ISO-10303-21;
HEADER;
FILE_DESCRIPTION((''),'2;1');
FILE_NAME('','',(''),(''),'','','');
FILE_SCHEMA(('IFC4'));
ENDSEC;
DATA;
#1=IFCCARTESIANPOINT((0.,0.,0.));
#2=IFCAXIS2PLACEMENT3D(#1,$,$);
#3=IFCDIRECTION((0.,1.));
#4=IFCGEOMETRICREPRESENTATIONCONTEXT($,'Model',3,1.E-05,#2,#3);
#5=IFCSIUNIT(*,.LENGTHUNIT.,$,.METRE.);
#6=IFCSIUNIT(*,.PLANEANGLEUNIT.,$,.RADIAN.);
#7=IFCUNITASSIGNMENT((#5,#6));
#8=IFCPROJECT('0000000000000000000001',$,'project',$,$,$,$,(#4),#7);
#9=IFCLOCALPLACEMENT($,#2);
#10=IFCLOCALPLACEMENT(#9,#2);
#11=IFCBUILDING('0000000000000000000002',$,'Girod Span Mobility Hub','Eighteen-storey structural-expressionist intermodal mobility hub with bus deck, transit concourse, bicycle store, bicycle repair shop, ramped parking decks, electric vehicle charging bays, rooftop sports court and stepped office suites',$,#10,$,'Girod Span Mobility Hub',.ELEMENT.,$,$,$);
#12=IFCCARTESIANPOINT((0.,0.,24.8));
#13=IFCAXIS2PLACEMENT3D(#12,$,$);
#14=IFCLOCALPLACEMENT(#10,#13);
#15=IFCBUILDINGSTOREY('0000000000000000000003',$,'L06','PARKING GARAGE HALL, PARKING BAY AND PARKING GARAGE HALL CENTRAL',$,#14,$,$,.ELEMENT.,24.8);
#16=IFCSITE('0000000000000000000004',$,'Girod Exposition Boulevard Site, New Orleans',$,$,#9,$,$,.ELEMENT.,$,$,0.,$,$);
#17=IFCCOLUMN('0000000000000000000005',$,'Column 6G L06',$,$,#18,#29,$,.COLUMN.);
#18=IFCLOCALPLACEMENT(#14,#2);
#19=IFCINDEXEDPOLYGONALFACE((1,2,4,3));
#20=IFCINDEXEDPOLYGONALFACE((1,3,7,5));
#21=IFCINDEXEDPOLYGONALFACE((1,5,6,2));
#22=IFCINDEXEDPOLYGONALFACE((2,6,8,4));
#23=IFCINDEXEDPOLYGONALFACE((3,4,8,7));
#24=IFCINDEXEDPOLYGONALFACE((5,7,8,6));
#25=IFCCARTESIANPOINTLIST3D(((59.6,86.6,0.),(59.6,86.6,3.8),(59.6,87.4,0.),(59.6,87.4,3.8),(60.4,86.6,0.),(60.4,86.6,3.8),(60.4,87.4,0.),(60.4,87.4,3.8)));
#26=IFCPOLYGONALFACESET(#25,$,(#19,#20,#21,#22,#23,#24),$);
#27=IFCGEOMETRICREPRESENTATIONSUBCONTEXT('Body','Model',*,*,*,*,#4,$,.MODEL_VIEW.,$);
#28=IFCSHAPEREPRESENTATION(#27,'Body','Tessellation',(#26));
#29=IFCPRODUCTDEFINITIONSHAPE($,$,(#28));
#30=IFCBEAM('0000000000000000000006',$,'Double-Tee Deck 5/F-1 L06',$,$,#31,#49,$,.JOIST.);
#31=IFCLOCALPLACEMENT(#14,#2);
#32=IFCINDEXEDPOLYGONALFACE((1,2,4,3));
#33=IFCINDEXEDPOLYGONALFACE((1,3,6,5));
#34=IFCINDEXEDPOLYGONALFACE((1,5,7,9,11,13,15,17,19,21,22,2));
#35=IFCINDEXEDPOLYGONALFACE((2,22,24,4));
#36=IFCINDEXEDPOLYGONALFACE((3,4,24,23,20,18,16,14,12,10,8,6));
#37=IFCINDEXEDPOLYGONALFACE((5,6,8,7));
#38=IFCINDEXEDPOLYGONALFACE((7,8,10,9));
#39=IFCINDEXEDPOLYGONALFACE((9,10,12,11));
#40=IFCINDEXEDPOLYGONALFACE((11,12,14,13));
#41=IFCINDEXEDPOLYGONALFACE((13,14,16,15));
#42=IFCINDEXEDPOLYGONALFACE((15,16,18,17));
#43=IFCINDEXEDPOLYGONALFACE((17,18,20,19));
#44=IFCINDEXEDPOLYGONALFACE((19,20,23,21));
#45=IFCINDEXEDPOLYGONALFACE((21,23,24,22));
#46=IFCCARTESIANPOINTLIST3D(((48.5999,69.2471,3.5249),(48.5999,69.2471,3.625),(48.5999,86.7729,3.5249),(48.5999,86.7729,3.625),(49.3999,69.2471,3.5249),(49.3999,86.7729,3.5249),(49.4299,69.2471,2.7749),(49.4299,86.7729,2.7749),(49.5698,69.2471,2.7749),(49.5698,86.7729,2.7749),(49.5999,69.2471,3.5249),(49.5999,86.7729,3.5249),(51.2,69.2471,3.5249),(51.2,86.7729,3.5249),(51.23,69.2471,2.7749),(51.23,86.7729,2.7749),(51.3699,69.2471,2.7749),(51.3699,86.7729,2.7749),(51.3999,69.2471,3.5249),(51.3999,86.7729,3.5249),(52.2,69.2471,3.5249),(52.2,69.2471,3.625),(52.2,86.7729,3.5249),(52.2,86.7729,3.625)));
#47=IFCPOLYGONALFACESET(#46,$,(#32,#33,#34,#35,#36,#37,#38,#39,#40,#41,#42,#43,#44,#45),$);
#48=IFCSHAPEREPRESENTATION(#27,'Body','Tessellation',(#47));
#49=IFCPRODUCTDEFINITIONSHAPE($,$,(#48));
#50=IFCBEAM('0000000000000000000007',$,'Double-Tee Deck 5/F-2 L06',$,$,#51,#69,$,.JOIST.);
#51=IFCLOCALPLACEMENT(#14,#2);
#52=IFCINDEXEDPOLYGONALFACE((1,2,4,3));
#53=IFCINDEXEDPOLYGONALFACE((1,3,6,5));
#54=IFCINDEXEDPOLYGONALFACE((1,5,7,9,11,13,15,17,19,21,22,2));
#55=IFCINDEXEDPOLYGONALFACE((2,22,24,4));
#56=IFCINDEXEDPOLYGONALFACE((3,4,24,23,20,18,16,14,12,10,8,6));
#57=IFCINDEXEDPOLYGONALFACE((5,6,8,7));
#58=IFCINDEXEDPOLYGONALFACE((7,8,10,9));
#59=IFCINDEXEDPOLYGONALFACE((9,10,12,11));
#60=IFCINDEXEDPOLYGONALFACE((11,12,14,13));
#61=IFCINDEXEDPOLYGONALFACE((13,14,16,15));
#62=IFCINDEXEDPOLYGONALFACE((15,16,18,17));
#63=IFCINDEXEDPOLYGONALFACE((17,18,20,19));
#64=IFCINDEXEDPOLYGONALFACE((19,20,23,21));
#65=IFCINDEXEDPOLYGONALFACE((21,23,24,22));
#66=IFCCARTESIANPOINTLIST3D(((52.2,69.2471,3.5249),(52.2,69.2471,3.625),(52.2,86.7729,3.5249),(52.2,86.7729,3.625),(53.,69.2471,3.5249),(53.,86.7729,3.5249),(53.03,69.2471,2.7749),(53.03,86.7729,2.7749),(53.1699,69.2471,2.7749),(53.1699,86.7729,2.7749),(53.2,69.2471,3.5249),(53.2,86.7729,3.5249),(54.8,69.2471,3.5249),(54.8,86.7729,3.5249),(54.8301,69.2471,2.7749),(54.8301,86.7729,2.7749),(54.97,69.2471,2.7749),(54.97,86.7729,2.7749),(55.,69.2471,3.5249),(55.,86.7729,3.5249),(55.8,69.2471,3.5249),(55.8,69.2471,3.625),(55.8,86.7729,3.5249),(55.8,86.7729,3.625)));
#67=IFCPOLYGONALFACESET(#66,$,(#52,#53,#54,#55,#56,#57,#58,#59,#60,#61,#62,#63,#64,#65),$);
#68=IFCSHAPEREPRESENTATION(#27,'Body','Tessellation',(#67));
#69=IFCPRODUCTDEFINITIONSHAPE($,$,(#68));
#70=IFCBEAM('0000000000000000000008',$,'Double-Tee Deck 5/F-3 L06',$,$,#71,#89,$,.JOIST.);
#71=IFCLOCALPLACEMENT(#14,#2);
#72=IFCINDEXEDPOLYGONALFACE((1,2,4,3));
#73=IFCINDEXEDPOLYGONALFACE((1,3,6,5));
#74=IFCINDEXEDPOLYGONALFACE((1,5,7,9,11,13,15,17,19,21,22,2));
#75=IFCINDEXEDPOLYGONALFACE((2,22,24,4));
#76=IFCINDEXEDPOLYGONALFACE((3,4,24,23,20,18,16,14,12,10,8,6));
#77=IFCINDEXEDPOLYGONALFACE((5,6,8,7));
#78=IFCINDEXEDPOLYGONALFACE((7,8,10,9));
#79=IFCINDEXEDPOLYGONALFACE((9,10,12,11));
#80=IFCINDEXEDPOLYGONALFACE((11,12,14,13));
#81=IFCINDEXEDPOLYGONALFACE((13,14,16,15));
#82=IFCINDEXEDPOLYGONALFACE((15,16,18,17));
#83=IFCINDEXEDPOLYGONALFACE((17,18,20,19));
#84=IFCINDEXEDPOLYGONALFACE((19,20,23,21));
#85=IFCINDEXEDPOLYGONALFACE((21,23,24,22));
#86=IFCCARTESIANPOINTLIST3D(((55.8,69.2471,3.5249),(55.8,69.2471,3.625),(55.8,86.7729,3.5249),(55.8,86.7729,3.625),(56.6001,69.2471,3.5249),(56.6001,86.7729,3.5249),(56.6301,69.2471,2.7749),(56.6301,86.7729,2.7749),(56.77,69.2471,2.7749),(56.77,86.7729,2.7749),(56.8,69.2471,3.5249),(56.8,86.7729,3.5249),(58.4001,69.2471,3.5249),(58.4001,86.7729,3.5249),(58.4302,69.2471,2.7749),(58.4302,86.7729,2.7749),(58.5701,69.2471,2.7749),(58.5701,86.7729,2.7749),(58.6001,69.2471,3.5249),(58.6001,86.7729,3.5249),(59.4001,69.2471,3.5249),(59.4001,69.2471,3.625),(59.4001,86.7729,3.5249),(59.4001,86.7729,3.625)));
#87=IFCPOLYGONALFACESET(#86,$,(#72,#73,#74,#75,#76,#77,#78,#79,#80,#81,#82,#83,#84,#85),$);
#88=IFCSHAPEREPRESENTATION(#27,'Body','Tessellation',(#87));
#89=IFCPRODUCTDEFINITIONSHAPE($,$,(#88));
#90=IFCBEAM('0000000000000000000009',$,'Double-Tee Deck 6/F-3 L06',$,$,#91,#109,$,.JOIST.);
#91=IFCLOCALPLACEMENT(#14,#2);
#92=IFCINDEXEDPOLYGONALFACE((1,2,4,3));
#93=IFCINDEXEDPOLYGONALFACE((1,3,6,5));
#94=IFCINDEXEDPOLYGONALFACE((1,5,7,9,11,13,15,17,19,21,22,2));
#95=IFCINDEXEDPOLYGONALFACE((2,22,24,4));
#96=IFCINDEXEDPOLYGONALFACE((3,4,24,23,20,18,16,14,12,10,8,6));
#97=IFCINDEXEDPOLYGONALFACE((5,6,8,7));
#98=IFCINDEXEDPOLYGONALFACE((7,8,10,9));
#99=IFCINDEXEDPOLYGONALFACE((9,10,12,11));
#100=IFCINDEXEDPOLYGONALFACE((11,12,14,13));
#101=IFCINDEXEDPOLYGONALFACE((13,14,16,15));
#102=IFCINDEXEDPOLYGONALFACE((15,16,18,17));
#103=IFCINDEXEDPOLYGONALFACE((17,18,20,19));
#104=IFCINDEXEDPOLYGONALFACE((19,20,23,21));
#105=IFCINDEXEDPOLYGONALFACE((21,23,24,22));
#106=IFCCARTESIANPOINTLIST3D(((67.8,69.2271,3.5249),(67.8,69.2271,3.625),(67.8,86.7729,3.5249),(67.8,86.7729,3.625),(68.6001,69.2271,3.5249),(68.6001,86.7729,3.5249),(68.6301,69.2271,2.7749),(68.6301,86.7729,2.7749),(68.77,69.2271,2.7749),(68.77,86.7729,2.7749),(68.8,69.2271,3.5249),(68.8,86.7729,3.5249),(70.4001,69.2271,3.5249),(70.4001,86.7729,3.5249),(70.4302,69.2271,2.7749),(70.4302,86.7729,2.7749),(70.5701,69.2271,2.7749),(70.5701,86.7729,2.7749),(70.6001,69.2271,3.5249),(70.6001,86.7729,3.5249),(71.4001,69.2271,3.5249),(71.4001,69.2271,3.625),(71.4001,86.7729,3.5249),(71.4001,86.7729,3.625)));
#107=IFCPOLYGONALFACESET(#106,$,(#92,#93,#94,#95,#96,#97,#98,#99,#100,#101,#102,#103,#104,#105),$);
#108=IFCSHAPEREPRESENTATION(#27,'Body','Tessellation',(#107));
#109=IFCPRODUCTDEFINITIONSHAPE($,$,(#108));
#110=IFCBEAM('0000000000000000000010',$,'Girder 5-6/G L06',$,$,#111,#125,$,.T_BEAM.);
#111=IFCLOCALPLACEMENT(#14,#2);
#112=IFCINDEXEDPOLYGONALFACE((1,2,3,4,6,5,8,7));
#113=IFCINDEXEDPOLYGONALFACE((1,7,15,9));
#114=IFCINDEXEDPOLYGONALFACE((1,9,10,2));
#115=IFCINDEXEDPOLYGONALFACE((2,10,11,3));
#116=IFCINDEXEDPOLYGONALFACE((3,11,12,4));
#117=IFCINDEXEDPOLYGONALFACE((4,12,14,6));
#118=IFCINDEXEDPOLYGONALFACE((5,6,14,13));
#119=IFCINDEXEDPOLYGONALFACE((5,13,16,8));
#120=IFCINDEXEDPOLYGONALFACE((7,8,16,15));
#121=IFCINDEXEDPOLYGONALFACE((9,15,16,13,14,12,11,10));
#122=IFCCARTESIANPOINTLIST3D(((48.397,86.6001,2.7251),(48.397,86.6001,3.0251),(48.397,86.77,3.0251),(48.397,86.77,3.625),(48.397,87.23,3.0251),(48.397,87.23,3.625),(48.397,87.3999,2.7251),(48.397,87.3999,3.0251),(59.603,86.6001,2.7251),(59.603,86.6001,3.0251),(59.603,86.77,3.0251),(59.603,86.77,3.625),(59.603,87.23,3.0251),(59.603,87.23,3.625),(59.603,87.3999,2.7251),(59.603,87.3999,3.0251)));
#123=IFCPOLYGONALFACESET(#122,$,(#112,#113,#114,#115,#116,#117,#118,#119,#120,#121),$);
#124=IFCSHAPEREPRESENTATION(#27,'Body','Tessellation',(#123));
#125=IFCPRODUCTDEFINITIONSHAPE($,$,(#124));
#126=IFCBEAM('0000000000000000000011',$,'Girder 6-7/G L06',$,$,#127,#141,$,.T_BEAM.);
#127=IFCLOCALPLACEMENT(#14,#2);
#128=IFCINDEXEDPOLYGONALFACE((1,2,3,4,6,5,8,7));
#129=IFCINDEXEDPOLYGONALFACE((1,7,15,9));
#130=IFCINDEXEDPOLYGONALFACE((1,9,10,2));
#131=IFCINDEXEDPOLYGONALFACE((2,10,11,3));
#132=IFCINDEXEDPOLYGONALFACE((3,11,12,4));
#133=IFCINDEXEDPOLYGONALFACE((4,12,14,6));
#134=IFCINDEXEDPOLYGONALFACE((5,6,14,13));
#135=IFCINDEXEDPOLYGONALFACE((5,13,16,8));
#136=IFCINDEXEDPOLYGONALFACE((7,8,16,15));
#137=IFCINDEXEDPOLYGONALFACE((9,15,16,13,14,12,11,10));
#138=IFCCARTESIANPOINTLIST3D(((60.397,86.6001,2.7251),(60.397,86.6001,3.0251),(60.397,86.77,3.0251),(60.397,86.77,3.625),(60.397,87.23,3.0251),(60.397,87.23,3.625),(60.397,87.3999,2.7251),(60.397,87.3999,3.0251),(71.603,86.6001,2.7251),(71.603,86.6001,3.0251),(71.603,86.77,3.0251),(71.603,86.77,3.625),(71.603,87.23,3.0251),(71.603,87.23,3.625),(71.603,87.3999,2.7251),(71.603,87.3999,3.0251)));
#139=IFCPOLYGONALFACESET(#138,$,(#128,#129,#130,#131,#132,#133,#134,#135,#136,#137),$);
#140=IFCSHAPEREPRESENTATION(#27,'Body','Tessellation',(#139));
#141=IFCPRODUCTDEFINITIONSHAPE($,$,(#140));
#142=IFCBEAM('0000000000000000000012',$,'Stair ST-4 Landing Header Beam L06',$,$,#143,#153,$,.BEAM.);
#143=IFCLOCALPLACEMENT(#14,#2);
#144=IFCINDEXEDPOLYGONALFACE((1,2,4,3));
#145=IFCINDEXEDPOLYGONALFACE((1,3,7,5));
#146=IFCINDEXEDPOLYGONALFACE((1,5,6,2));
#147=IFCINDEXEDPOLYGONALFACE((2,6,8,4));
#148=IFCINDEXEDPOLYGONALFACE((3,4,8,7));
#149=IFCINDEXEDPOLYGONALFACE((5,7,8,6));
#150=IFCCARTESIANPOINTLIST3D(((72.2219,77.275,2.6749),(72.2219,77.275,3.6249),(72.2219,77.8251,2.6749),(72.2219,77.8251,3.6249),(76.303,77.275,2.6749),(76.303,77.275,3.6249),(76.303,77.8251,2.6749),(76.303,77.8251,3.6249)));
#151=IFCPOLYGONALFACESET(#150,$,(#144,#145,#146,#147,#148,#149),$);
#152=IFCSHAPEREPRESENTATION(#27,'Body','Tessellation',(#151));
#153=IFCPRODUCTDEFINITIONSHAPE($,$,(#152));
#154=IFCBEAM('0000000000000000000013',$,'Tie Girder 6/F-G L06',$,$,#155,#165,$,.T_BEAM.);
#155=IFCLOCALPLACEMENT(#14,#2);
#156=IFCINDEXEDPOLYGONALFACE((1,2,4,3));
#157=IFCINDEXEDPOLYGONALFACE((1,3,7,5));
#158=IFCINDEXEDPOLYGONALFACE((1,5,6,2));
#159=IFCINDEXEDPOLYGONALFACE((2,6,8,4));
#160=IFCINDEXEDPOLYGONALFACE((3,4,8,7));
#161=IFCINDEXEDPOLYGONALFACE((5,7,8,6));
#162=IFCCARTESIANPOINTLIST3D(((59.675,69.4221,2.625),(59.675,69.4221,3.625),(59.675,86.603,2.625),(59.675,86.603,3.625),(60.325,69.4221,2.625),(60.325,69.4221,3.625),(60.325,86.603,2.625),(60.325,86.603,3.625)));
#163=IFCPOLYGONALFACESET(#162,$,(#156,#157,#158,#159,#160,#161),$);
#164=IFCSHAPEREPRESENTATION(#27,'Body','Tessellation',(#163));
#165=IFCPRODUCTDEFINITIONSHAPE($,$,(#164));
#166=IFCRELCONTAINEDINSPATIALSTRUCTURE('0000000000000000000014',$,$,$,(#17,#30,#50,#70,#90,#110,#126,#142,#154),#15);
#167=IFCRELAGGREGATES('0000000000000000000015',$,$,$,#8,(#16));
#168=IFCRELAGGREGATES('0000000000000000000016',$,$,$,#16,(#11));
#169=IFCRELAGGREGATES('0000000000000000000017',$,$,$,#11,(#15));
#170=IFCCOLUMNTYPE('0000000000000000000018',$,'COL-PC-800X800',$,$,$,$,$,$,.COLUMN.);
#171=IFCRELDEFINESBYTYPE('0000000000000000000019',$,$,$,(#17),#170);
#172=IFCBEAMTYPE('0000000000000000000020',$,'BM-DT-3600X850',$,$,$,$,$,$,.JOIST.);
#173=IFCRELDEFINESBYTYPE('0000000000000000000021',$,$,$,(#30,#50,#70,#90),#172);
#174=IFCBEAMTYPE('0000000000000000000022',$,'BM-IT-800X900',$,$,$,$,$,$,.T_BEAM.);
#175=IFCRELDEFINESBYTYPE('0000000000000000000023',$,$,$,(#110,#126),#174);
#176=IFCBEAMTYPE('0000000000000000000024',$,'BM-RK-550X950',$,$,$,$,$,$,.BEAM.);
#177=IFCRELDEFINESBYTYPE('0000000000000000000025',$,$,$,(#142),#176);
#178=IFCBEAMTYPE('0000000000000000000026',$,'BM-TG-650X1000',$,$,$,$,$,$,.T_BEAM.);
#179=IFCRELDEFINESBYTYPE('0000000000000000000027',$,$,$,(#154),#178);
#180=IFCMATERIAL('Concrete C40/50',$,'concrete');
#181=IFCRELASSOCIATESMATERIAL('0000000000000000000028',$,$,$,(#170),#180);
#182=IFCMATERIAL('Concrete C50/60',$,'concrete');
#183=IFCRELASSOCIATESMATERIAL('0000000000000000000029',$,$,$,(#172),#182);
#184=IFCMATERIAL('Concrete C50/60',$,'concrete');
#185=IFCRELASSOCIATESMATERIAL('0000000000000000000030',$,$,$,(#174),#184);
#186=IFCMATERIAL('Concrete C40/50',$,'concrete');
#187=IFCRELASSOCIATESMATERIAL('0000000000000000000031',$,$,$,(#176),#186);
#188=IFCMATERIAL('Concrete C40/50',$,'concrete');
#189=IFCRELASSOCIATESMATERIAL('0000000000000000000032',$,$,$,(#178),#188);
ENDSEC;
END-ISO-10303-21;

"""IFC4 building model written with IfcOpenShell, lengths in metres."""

from ifc_helpers import new_model, si_unit, direction, frame, origin, origin_2d, place, context, subcontext, project, spatial, polyline, rectangle, outline, extrude, material, material_profile, profile_set, type_object, element, save


model = new_model("IFC4")

# Units and contexts
model_context = context("Model", 3, precision=1e-05, world=origin(), true_north=direction((0.0, 1.0)))
body_context = subcontext(model_context, "Body", "Model", "MODEL_VIEW")
ifc_project = project(units=[si_unit("LENGTHUNIT", "METRE"), si_unit("PLANEANGLEUNIT", "RADIAN")], contexts=[model_context])

# Site, building, storey
site_placement = place(None, origin())
site = spatial("IfcSite", under=ifc_project, at=site_placement, Name="Girod Exposition Boulevard Site, New Orleans", CompositionType="ELEMENT", RefElevation=0.0)
building_placement = place(site_placement, origin())
building = spatial("IfcBuilding", under=site, at=building_placement, Name="Girod Span Mobility Hub", Description="Eighteen-storey structural-expressionist intermodal mobility hub with bus deck, transit concourse, bicycle store, bicycle repair shop, ramped parking decks, electric vehicle charging bays, rooftop sports court and stepped office suites", LongName="Girod Span Mobility Hub", CompositionType="ELEMENT")
storey_placement = place(building_placement, frame((0.0, 0.0, 24.8)))
storey = spatial("IfcBuildingStorey", under=building, at=storey_placement, Name="L06", Description="PARKING GARAGE HALL, PARKING BAY AND PARKING GARAGE HALL CENTRAL", CompositionType="ELEMENT", Elevation=24.8)

# Column
ifc_material_1 = material(Name="Concrete C40/50", Category="concrete")
ifc_material_profile_1 = material_profile(ifc_material_1, rectangle(XDim=0.8, YDim=0.8, at=origin_2d()), Name="PC-COL-800X800")
ifc_profile_set_1 = profile_set([ifc_material_profile_1], Name="Concrete C40/50")
column_type = type_object("IfcColumnType", Name="COL-PC-800X800", PredefinedType="COLUMN", material=ifc_profile_set_1)
column_placement = place(storey_placement, frame((60.0, 87.0, 0.0), z_axis=(0.0, 0.0, 1.0), x_axis=(1.0, 0.0, 0.0)))
element("IfcColumn", 1, at=column_placement, inside=storey, type_object=column_type, Name="Column 6G L06", PredefinedType="COLUMN", context=body_context, shape_type="SweptSolid", body=[
    extrude(rectangle(XDim=0.8, YDim=0.8, at=origin_2d()), origin(), (0.0, 0.0, 1.0), 3.8),
])

# Beams
ifc_material_2 = material(Name="Concrete C50/60", Category="concrete")
ifc_material_profile_2 = material_profile(ifc_material_2, outline(polyline([(-1.8, 0.425), (-1.8, 0.325), (-1.0, 0.325), (-0.97, -0.425), (-0.8301, -0.425), (-0.8, 0.325), (0.8, 0.325), (0.8301, -0.425), (0.97, -0.425), (1.0, 0.325), (1.8, 0.325), (1.8, 0.425), (-1.8, 0.425)])), Name="DT-3600X850")
ifc_profile_set_2 = profile_set([ifc_material_profile_2], Name="Concrete C50/60")
beam_type_1 = type_object("IfcBeamType", Name="BM-DT-3600X850", PredefinedType="JOIST", material=ifc_profile_set_2)
for number, where, z_axis, x_axis, name in (
    (2, (50.3999, 69.2471, 3.2), (0.0, 1.0, 0.0), (-1.0, 0.0, 0.0), "Double-Tee Deck 5/F-1 L06"),
    (3, (54.0, 69.2471, 3.2), (0.0, 1.0, 0.0), (-1.0, 0.0, 0.0), "Double-Tee Deck 5/F-2 L06"),
    (4, (57.6001, 69.2471, 3.2), (0.0, 1.0, 0.0), (-1.0, 0.0, 0.0), "Double-Tee Deck 5/F-3 L06"),
):
    element("IfcBeam", number, at=place(storey_placement, frame(where, z_axis=z_axis, x_axis=x_axis)), inside=storey, type_object=beam_type_1, Name=name, PredefinedType="JOIST", context=body_context, shape_type="SweptSolid", body=[
        extrude(outline(polyline([(-1.8, 0.425), (-1.8, 0.325), (-1.0, 0.325), (-0.97, -0.425), (-0.8301, -0.425), (-0.8, 0.325), (0.8, 0.325), (0.8301, -0.425), (0.97, -0.425), (1.0, 0.325), (1.8, 0.325), (1.8, 0.425), (-1.8, 0.425)])), origin(), (0.0, 0.0, 1.0), 17.5259),
    ])
beam_1_placement = place(storey_placement, frame((69.6001, 69.2271, 3.2), z_axis=(0.0, 1.0, 0.0), x_axis=(-1.0, 0.0, 0.0)))
element("IfcBeam", 5, at=beam_1_placement, inside=storey, type_object=beam_type_1, Name="Double-Tee Deck 6/F-3 L06", PredefinedType="JOIST", context=body_context, shape_type="SweptSolid", body=[
    extrude(outline(polyline([(-1.8, 0.425), (-1.8, 0.325), (-1.0, 0.325), (-0.97, -0.425), (-0.8301, -0.425), (-0.8, 0.325), (0.8, 0.325), (0.8301, -0.425), (0.97, -0.425), (1.0, 0.325), (1.8, 0.325), (1.8, 0.425), (-1.8, 0.425)])), origin(), (0.0, 0.0, 1.0), 17.5459),
])
ifc_material_3 = material(Name="Concrete C50/60", Category="concrete")
ifc_material_profile_3 = material_profile(ifc_material_3, outline(polyline([(-0.3999, -0.45), (0.3999, -0.45), (0.3999, -0.1499), (0.23, -0.1499), (0.23, 0.45), (-0.23, 0.45), (-0.23, -0.1499), (-0.3999, -0.1499), (-0.3999, -0.45)])), Name="IT-800X900")
ifc_profile_set_3 = profile_set([ifc_material_profile_3], Name="Concrete C50/60")
beam_type_2 = type_object("IfcBeamType", Name="BM-IT-800X900", PredefinedType="T_BEAM", material=ifc_profile_set_3)
for number, where, z_axis, x_axis, name in (
    (6, (48.397, 87.0, 3.175), (1.0, 0.0, 0.0), (0.0, 1.0, 0.0), "Girder 5-6/G L06"),
    (7, (60.397, 87.0, 3.175), (1.0, 0.0, 0.0), (0.0, 1.0, 0.0), "Girder 6-7/G L06"),
):
    element("IfcBeam", number, at=place(storey_placement, frame(where, z_axis=z_axis, x_axis=x_axis)), inside=storey, type_object=beam_type_2, Name=name, PredefinedType="T_BEAM", context=body_context, shape_type="SweptSolid", body=[
        extrude(outline(polyline([(-0.3999, -0.45), (0.3999, -0.45), (0.3999, -0.1499), (0.23, -0.1499), (0.23, 0.45), (-0.23, 0.45), (-0.23, -0.1499), (-0.3999, -0.1499), (-0.3999, -0.45)])), origin(), (0.0, 0.0, 1.0), 11.2061),
    ])
ifc_material_4 = material(Name="Concrete C40/50", Category="concrete")
ifc_material_profile_4 = material_profile(ifc_material_4, rectangle(XDim=0.55, YDim=0.95, at=origin_2d()), Name="RK-550X950")
ifc_profile_set_4 = profile_set([ifc_material_profile_4], Name="Concrete C40/50")
beam_type_3 = type_object("IfcBeamType", Name="BM-RK-550X950", PredefinedType="BEAM", material=ifc_profile_set_4)
beam_2_placement = place(storey_placement, frame((72.2219, 77.55, 3.1499), z_axis=(1.0, 0.0, 0.0), x_axis=(0.0, 1.0, 0.0)))
element("IfcBeam", 8, at=beam_2_placement, inside=storey, type_object=beam_type_3, Name="Stair ST-4 Landing Header Beam L06", PredefinedType="BEAM", context=body_context, shape_type="SweptSolid", body=[
    extrude(rectangle(XDim=0.55, YDim=0.95, at=origin_2d()), origin(), (0.0, 0.0, 1.0), 4.0811),
])
ifc_material_5 = material(Name="Concrete C40/50", Category="concrete")
ifc_material_profile_5 = material_profile(ifc_material_5, rectangle(XDim=0.6499, YDim=1.0, at=origin_2d()), Name="TG-650X1000")
ifc_profile_set_5 = profile_set([ifc_material_profile_5], Name="Concrete C40/50")
beam_type_4 = type_object("IfcBeamType", Name="BM-TG-650X1000", PredefinedType="T_BEAM", material=ifc_profile_set_5)
beam_3_placement = place(storey_placement, frame((60.0, 69.4221, 3.125), z_axis=(0.0, 1.0, 0.0), x_axis=(-1.0, 0.0, 0.0)))
element("IfcBeam", 9, at=beam_3_placement, inside=storey, type_object=beam_type_4, Name="Tie Girder 6/F-G L06", PredefinedType="T_BEAM", context=body_context, shape_type="SweptSolid", body=[
    extrude(rectangle(XDim=0.6499, YDim=1.0, at=origin_2d()), origin(), (0.0, 0.0, 1.0), 17.1809),
])

save(model, "model.ifc")
